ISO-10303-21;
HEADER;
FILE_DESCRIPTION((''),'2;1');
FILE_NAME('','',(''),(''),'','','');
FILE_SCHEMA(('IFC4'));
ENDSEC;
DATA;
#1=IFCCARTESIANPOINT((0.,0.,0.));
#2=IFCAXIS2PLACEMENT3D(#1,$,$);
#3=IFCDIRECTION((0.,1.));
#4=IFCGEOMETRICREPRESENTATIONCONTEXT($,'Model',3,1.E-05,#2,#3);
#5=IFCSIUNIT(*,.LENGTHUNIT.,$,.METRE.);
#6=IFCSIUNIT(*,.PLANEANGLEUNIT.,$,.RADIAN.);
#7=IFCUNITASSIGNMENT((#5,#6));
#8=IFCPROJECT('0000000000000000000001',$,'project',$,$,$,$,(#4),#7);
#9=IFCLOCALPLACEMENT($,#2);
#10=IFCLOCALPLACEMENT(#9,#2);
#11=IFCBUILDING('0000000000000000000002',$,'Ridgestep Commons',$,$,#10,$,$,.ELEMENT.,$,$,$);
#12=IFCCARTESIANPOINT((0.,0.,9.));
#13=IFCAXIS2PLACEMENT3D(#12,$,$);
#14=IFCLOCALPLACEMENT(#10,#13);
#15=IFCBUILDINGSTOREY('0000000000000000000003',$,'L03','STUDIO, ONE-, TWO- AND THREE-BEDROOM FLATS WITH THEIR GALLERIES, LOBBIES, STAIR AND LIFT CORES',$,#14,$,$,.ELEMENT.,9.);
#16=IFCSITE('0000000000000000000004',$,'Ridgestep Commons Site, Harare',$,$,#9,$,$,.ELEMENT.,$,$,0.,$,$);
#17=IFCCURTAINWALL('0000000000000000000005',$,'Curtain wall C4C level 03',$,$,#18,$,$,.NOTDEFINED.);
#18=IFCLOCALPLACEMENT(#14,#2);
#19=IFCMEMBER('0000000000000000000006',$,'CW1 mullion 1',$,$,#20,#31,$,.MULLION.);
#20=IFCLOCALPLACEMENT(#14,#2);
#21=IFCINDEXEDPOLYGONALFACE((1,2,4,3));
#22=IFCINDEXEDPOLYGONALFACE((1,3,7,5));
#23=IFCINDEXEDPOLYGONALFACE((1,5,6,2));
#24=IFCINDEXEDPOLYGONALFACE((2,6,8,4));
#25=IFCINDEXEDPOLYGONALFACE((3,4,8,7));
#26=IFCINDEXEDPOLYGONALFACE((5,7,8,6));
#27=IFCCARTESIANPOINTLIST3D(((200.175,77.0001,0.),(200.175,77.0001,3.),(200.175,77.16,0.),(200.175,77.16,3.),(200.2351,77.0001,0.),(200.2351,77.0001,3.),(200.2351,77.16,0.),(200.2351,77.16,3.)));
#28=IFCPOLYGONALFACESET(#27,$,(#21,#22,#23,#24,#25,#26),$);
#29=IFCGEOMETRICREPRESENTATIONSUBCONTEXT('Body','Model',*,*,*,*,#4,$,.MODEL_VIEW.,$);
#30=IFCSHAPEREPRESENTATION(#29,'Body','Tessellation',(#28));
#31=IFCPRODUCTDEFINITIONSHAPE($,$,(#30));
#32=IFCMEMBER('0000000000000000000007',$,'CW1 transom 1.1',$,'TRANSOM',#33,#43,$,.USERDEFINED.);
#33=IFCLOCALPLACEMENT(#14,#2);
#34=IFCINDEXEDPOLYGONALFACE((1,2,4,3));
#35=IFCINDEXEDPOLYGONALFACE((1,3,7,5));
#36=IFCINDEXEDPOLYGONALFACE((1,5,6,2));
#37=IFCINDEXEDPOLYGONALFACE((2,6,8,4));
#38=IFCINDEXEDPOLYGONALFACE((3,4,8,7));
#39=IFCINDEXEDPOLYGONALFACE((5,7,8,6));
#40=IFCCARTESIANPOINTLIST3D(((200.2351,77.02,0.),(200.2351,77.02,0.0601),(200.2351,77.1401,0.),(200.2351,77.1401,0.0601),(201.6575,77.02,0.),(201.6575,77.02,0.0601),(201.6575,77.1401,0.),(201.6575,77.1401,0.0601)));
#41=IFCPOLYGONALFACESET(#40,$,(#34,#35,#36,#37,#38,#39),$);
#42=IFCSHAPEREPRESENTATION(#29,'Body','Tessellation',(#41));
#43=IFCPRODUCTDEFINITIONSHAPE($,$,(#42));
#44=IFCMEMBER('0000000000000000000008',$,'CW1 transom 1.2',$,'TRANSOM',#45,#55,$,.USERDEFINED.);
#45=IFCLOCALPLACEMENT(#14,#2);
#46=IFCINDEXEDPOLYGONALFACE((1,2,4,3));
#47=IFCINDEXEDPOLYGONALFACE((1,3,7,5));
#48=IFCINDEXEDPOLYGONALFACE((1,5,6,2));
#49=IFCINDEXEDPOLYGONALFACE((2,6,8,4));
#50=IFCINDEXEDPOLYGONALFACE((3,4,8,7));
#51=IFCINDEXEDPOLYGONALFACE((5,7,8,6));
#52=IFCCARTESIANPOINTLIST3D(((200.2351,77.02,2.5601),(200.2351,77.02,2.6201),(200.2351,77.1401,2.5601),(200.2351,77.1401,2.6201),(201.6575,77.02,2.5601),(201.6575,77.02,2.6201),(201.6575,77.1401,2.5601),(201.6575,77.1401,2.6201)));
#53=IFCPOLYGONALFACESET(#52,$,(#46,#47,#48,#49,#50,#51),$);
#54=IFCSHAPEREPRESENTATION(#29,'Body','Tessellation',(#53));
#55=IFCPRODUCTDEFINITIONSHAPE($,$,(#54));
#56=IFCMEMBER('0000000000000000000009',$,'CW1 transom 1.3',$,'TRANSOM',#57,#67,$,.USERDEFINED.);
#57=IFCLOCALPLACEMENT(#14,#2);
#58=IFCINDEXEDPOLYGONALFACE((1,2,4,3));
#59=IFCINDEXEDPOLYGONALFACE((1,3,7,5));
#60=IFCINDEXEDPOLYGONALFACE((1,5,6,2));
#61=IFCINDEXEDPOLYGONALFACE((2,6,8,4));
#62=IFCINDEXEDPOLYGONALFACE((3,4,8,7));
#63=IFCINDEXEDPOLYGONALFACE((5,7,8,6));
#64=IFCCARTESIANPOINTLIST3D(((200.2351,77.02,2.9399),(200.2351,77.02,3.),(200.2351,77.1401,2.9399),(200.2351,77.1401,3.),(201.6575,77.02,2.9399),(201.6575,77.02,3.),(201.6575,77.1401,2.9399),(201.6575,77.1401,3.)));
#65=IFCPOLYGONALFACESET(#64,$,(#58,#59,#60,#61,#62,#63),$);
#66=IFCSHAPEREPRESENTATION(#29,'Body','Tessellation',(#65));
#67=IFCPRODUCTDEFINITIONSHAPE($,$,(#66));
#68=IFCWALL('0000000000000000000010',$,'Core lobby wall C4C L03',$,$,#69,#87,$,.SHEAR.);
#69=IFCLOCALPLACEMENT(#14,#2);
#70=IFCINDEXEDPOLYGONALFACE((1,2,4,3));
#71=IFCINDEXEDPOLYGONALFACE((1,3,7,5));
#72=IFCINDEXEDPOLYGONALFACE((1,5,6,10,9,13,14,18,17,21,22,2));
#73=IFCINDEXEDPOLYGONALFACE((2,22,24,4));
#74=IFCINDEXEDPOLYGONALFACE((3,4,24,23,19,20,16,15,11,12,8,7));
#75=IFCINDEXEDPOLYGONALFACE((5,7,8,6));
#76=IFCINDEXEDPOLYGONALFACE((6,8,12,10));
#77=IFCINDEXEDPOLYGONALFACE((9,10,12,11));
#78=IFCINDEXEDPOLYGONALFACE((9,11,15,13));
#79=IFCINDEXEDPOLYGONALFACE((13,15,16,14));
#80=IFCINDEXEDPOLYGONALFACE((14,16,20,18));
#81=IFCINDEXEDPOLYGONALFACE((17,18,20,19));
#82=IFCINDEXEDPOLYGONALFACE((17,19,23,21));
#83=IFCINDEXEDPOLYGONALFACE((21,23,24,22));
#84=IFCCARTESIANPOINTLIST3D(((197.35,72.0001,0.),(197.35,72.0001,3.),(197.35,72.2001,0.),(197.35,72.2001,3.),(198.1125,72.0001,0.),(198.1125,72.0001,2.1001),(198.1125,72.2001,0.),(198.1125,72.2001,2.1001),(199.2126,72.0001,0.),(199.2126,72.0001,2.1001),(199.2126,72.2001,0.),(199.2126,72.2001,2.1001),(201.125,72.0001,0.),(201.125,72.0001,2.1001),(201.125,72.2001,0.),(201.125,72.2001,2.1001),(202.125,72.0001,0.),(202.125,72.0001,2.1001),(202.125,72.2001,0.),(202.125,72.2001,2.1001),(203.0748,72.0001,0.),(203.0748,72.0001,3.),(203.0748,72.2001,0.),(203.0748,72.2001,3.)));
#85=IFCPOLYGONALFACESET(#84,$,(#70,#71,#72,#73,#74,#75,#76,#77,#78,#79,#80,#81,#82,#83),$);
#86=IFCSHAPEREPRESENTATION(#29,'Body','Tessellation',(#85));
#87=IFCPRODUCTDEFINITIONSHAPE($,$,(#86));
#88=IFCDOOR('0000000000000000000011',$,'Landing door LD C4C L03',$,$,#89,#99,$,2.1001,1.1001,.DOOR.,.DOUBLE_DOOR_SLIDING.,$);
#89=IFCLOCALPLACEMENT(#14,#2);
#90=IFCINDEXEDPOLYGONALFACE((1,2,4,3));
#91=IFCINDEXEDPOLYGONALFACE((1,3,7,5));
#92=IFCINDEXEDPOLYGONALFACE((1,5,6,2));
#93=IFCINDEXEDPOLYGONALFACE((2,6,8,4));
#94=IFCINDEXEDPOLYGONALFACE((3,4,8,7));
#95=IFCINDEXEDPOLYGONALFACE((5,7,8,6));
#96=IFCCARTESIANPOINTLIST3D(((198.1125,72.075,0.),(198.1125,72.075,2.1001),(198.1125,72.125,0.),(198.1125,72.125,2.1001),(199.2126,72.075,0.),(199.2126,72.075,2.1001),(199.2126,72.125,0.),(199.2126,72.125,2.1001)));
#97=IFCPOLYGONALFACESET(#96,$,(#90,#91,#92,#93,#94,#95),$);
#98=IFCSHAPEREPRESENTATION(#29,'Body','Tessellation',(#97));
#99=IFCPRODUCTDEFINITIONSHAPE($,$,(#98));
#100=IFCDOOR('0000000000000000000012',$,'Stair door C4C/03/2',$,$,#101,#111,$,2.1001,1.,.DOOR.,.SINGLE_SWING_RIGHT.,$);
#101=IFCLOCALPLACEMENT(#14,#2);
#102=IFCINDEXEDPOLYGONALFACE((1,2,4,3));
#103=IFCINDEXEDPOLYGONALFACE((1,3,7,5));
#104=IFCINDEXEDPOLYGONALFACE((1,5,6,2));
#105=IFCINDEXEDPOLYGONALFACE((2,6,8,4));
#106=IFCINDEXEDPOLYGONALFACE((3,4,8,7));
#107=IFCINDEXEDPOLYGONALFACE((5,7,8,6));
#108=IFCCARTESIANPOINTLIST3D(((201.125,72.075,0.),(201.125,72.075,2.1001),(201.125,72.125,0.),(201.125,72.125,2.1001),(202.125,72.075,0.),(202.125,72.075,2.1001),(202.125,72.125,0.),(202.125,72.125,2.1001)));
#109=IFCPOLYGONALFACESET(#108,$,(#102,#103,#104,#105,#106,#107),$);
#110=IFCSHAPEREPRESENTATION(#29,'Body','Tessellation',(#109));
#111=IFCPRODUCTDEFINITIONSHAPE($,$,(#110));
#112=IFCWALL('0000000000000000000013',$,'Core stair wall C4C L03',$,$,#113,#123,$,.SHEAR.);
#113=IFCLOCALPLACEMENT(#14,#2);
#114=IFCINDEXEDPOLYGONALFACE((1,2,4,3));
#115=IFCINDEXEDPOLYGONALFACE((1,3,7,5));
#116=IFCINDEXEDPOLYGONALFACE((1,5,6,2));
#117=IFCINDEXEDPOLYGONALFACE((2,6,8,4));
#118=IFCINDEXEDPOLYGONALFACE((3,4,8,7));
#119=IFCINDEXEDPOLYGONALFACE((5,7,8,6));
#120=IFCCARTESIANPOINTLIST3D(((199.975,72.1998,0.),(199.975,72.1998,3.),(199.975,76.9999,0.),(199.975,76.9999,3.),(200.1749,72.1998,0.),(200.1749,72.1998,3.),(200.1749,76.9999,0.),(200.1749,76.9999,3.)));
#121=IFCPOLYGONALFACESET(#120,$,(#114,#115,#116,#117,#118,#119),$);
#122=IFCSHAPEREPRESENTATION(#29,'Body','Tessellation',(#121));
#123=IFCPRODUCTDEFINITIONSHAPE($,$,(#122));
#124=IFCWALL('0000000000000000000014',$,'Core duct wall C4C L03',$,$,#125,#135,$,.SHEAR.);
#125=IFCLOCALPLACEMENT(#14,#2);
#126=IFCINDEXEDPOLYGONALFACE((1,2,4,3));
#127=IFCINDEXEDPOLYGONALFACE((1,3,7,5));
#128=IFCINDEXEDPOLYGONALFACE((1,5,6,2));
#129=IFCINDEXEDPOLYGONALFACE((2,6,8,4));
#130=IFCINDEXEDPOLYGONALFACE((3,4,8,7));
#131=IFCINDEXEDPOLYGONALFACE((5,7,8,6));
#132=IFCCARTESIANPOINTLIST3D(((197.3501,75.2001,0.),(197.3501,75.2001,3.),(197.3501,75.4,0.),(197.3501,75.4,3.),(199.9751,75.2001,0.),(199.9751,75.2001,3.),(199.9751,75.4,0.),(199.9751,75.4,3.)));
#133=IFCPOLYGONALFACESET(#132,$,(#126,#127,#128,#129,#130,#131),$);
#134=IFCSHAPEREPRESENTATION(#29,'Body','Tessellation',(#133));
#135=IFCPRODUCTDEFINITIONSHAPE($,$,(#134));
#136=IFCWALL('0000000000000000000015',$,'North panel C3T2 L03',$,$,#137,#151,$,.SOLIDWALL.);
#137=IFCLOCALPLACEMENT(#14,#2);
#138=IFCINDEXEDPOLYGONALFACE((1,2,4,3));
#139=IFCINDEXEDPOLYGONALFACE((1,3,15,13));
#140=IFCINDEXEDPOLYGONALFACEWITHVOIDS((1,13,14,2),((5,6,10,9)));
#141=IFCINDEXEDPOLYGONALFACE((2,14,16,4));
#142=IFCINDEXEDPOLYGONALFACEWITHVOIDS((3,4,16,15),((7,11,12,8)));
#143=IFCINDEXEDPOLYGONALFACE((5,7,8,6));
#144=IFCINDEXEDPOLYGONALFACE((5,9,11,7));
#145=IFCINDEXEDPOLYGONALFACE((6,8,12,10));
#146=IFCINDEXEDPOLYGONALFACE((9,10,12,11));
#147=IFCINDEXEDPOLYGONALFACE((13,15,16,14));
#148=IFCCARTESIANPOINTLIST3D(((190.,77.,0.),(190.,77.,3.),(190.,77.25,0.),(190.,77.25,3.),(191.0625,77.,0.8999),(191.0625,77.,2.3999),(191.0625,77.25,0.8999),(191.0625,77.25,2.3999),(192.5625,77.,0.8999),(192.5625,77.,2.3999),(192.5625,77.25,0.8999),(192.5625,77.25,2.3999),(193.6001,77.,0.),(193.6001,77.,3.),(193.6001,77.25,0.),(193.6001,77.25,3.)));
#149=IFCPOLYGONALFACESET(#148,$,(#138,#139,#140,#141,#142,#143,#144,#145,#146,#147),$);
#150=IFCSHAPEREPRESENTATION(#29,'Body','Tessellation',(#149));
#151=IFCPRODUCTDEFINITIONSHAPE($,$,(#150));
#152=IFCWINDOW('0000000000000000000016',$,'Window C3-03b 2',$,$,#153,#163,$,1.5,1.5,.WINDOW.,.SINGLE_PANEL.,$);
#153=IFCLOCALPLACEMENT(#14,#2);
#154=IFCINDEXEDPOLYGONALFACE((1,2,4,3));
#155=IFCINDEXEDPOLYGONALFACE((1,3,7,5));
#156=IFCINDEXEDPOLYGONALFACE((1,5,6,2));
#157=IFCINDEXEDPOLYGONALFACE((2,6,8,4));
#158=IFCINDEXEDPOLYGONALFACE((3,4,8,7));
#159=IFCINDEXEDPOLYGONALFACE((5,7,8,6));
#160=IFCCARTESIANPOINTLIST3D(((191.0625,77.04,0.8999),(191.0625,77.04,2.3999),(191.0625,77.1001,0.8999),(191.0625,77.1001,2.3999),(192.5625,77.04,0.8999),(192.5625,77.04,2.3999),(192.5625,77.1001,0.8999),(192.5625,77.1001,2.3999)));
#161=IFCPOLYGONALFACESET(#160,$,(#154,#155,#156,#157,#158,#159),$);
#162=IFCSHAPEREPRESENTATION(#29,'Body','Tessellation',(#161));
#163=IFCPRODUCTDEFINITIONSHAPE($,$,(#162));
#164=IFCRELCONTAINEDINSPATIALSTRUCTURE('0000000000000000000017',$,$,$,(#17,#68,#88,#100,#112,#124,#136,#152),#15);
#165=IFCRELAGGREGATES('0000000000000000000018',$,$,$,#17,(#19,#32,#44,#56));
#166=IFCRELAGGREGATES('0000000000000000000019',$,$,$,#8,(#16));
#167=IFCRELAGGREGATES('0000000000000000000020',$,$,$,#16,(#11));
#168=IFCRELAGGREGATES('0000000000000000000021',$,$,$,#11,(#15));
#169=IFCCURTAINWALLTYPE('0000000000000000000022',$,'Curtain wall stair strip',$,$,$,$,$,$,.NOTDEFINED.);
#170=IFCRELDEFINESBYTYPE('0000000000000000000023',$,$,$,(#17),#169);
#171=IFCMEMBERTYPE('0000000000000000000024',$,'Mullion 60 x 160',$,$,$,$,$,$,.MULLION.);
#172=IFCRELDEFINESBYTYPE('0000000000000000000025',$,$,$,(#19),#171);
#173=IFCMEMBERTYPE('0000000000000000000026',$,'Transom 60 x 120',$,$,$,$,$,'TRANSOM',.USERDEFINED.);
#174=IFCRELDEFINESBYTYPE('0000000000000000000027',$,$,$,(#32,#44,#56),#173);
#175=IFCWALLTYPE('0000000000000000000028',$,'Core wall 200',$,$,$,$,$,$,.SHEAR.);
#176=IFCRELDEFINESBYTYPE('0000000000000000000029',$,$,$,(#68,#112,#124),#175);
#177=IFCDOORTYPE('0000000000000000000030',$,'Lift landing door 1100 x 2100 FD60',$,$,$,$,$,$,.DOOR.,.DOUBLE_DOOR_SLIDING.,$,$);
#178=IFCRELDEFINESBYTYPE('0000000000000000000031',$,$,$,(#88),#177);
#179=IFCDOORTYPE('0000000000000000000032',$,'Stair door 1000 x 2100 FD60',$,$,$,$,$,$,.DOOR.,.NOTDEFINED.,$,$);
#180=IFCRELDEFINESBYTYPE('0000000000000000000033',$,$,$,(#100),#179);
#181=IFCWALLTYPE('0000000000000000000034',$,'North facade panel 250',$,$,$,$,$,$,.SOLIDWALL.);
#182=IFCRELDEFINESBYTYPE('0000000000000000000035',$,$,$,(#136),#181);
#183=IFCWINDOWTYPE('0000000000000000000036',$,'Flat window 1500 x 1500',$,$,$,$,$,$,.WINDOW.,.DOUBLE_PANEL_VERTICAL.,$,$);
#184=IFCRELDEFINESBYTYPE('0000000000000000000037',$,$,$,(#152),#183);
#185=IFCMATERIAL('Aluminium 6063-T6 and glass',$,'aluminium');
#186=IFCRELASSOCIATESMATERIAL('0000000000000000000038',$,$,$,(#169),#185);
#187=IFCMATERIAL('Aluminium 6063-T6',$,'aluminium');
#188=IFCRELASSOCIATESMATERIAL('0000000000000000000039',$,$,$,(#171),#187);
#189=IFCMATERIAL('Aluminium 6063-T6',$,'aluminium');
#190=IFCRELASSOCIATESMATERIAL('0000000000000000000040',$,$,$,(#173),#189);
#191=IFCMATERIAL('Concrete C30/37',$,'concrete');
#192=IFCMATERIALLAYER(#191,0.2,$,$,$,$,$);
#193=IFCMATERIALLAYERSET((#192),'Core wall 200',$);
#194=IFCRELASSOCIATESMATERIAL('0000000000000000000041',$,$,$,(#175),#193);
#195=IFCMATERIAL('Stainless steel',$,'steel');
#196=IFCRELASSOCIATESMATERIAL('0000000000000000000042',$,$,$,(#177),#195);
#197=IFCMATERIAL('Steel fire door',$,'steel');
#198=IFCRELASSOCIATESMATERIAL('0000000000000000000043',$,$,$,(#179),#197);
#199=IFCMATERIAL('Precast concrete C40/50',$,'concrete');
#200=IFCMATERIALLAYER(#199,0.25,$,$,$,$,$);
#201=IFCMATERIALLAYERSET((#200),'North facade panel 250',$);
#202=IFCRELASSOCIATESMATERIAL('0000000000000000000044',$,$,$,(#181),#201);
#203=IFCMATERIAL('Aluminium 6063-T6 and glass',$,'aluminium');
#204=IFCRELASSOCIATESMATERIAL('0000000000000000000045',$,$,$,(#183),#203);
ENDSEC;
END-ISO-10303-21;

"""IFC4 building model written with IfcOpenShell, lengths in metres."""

from ifc_helpers import new_model, si_unit, direction, frame, frame_2d, origin, origin_2d, place, context, subcontext, project, spatial, rectangle, extrude, material, layer, layer_set, material_profile, profile_set, type_object, element, fill, aggregate, save


model = new_model("IFC4")

# Units and contexts
model_context = context("Model", 3, precision=1e-05, world=origin(), true_north=direction((0.0, 1.0)))
body_context = subcontext(model_context, "Body", "Model", "MODEL_VIEW")
ifc_project = project(units=[si_unit("LENGTHUNIT", "METRE"), si_unit("PLANEANGLEUNIT", "RADIAN")], contexts=[model_context])

# Site, building, storey
site_placement = place(None, origin())
site = spatial("IfcSite", under=ifc_project, at=site_placement, Name="Ridgestep Commons Site, Harare", CompositionType="ELEMENT", RefElevation=0.0)
building_placement = place(site_placement, origin())
building = spatial("IfcBuilding", under=site, at=building_placement, Name="Ridgestep Commons", CompositionType="ELEMENT")
storey_placement = place(building_placement, frame((0.0, 0.0, 9.0)))
storey = spatial("IfcBuildingStorey", under=building, at=storey_placement, Name="L03", Description="STUDIO, ONE-, TWO- AND THREE-BEDROOM FLATS WITH THEIR GALLERIES, LOBBIES, STAIR AND LIFT CORES", CompositionType="ELEMENT", Elevation=9.0)

# Curtain wall, members
ifc_material_1 = material(Name="Aluminium 6063-T6 and glass", Category="aluminium")
curtain_wall_type = type_object("IfcCurtainWallType", Name="Curtain wall stair strip", PredefinedType="NOTDEFINED", material=ifc_material_1)
curtain_wall_placement = place(storey_placement, origin())
curtain_wall = element("IfcCurtainWall", 1, at=curtain_wall_placement, inside=storey, type_object=curtain_wall_type, Name="Curtain wall C4C level 03", PredefinedType="NOTDEFINED")
ifc_material_2 = material(Name="Aluminium 6063-T6", Category="aluminium")
ifc_material_profile_1 = material_profile(ifc_material_2, rectangle(XDim=0.1599, YDim=0.0601, at=origin_2d()), Name="Mullion 60 x 160")
ifc_profile_set_1 = profile_set([ifc_material_profile_1], Name="Aluminium 6063-T6")
member_type_1 = type_object("IfcMemberType", Name="Mullion 60 x 160", PredefinedType="MULLION", material=ifc_profile_set_1)
member_1_placement = place(storey_placement, frame((200.2051, 77.0801, 0.0), z_axis=(0.0, 0.0, 1.0), x_axis=(0.0, 1.0, 0.0)))
member_1 = element("IfcMember", 2, at=member_1_placement, type_object=member_type_1, Name="CW1 mullion 1", PredefinedType="MULLION", context=body_context, shape_type="SweptSolid", body=[
    extrude(rectangle(XDim=0.1599, YDim=0.0601, at=origin_2d()), origin(), (0.0, 0.0, 1.0), 3.0),
])
ifc_material_3 = material(Name="Aluminium 6063-T6", Category="aluminium")
ifc_material_profile_2 = material_profile(ifc_material_3, rectangle(XDim=0.1201, YDim=0.0601, at=origin_2d()), Name="Transom 60 x 120")
ifc_profile_set_2 = profile_set([ifc_material_profile_2], Name="Aluminium 6063-T6")
member_type_2 = type_object("IfcMemberType", Name="Transom 60 x 120", ElementType="TRANSOM", PredefinedType="USERDEFINED", material=ifc_profile_set_2)
member_2_placement = place(storey_placement, frame((200.2351, 77.0801, 0.03), z_axis=(1.0, 0.0, 0.0), x_axis=(0.0, 1.0, 0.0)))
member_2 = element("IfcMember", 3, at=member_2_placement, type_object=member_type_2, Name="CW1 transom 1.1", ObjectType="TRANSOM", PredefinedType="USERDEFINED", context=body_context, shape_type="SweptSolid", body=[
    extrude(rectangle(XDim=0.1201, YDim=0.0601, at=origin_2d()), origin(), (0.0, 0.0, 1.0), 1.4224),
])
member_3_placement = place(storey_placement, frame((200.2351, 77.0801, 2.5901), z_axis=(1.0, 0.0, 0.0), x_axis=(0.0, 1.0, 0.0)))
member_3 = element("IfcMember", 4, at=member_3_placement, type_object=member_type_2, Name="CW1 transom 1.2", ObjectType="TRANSOM", PredefinedType="USERDEFINED", context=body_context, shape_type="SweptSolid", body=[
    extrude(rectangle(XDim=0.1201, YDim=0.0601, at=origin_2d()), origin(), (0.0, 0.0, 1.0), 1.4224),
])
member_4_placement = place(storey_placement, frame((200.2351, 77.0801, 2.97), z_axis=(1.0, 0.0, 0.0), x_axis=(0.0, 1.0, 0.0)))
member_4 = element("IfcMember", 5, at=member_4_placement, type_object=member_type_2, Name="CW1 transom 1.3", ObjectType="TRANSOM", PredefinedType="USERDEFINED", context=body_context, shape_type="SweptSolid", body=[
    extrude(rectangle(XDim=0.1201, YDim=0.0601, at=origin_2d()), origin(), (0.0, 0.0, 1.0), 1.4224),
])
aggregate(curtain_wall, [member_1, member_2, member_3, member_4])

# Wall, openings, doors
ifc_material_4 = material(Name="Concrete C30/37", Category="concrete")
ifc_layer_1 = layer(ifc_material_4, 0.2)
ifc_layer_set_1 = layer_set([ifc_layer_1], Name="Core wall 200")
wall_type_1 = type_object("IfcWallType", Name="Core wall 200", PredefinedType="SHEAR", material=ifc_layer_set_1)
wall_1_placement = place(storey_placement, frame((197.3501, 72.1001, 0.0), z_axis=(0.0, 0.0, 1.0), x_axis=(1.0, 0.0, 0.0)))
wall_1 = element("IfcWall", 6, at=wall_1_placement, inside=storey, type_object=wall_type_1, Name="Core lobby wall C4C L03", PredefinedType="SHEAR", context=body_context, shape_type="SweptSolid", body=[
    extrude(rectangle(XDim=5.7249, YDim=0.2, at=frame_2d((2.8623, 0.0))), origin(), (0.0, 0.0, 1.0), 3.0),
])
opening_1_placement = place(wall_1_placement, frame((3.7749, 0.0, 0.0)))
opening_1 = element("IfcOpeningElement", 7, at=opening_1_placement, cuts=wall_1, PredefinedType="OPENING", context=body_context, shape_type="SweptSolid", body=[
    extrude(rectangle(XDim=1.0, YDim=2.1001, at=frame_2d((0.5, 1.05))), frame((0.0, 0.1099, 0.0), z_axis=(0.0, -1.0, 0.0), x_axis=(1.0, 0.0, 0.0)), (0.0, 0.0, 1.0), 0.22),
])
opening_2_placement = place(wall_1_placement, frame((0.7625, 0.0, 0.0)))
opening_2 = element("IfcOpeningElement", 8, at=opening_2_placement, cuts=wall_1, PredefinedType="OPENING", context=body_context, shape_type="SweptSolid", body=[
    extrude(rectangle(XDim=1.1001, YDim=2.1001, at=frame_2d((0.55, 1.05))), frame((0.0, 0.1099, 0.0), z_axis=(0.0, -1.0, 0.0), x_axis=(1.0, 0.0, 0.0)), (0.0, 0.0, 1.0), 0.22),
])
ifc_material_5 = material(Name="Stainless steel", Category="steel")
door_type_1 = type_object("IfcDoorType", Name="Lift landing door 1100 x 2100 FD60", OperationType="DOUBLE_DOOR_SLIDING", PredefinedType="DOOR", material=ifc_material_5)
door_1_placement = place(opening_2_placement, origin())
door_1 = element("IfcDoor", 9, at=door_1_placement, inside=storey, type_object=door_type_1, Name="Landing door LD C4C L03", OperationType="DOUBLE_DOOR_SLIDING", OverallHeight=2.1001, OverallWidth=1.1001, PredefinedType="DOOR", context=body_context, shape_type="SweptSolid", body=[
    extrude(rectangle(XDim=1.1001, YDim=2.1001, at=frame_2d((0.55, 1.05))), frame((0.0, 0.0249, 0.0), z_axis=(0.0, -1.0, 0.0), x_axis=(1.0, 0.0, 0.0)), (0.0, 0.0, 1.0), 0.05),
])
fill(opening_2, door_1)
ifc_material_6 = material(Name="Steel fire door", Category="steel")
door_type_2 = type_object("IfcDoorType", Name="Stair door 1000 x 2100 FD60", OperationType="NOTDEFINED", PredefinedType="DOOR", material=ifc_material_6)
door_2_placement = place(opening_1_placement, origin())
door_2 = element("IfcDoor", 10, at=door_2_placement, inside=storey, type_object=door_type_2, Name="Stair door C4C/03/2", OperationType="SINGLE_SWING_RIGHT", OverallHeight=2.1001, OverallWidth=1.0, PredefinedType="DOOR", context=body_context, shape_type="SweptSolid", body=[
    extrude(rectangle(XDim=1.0, YDim=2.1001, at=frame_2d((0.5, 1.05))), frame((0.0, 0.0249, 0.0), z_axis=(0.0, -1.0, 0.0), x_axis=(1.0, 0.0, 0.0)), (0.0, 0.0, 1.0), 0.05),
])
fill(opening_1, door_2)

# Walls
wall_2_placement = place(storey_placement, frame((200.075, 72.2, 0.0), z_axis=(0.0, 0.0, 1.0), x_axis=(0.0, 1.0, 0.0)))
element("IfcWall", 11, at=wall_2_placement, inside=storey, type_object=wall_type_1, Name="Core stair wall C4C L03", PredefinedType="SHEAR", context=body_context, shape_type="SweptSolid", body=[
    extrude(rectangle(XDim=4.8, YDim=0.2, at=frame_2d((2.3999, 0.0))), origin(), (0.0, 0.0, 1.0), 3.0),
])
wall_3_placement = place(storey_placement, frame((197.3501, 75.3, 0.0), z_axis=(0.0, 0.0, 1.0), x_axis=(1.0, 0.0, 0.0)))
element("IfcWall", 12, at=wall_3_placement, inside=storey, type_object=wall_type_1, Name="Core duct wall C4C L03", PredefinedType="SHEAR", context=body_context, shape_type="SweptSolid", body=[
    extrude(rectangle(XDim=2.625, YDim=0.2, at=frame_2d((1.3125, 0.0))), origin(), (0.0, 0.0, 1.0), 3.0),
])

# Wall, opening, window
ifc_material_7 = material(Name="Precast concrete C40/50", Category="concrete")
ifc_layer_2 = layer(ifc_material_7, 0.25)
ifc_layer_set_2 = layer_set([ifc_layer_2], Name="North facade panel 250")
wall_type_2 = type_object("IfcWallType", Name="North facade panel 250", PredefinedType="SOLIDWALL", material=ifc_layer_set_2)
wall_4_placement = place(storey_placement, frame((190.0, 77.125, 0.0), z_axis=(0.0, 0.0, 1.0), x_axis=(1.0, 0.0, 0.0)))
wall_4 = element("IfcWall", 13, at=wall_4_placement, inside=storey, type_object=wall_type_2, Name="North panel C3T2 L03", PredefinedType="SOLIDWALL", context=body_context, shape_type="SweptSolid", body=[
    extrude(rectangle(XDim=3.6001, YDim=0.25, at=frame_2d((1.8, 0.0))), origin(), (0.0, 0.0, 1.0), 3.0),
])
opening_3_placement = place(wall_4_placement, frame((1.0625, 0.0, 0.8999)))
opening_3 = element("IfcOpeningElement", 14, at=opening_3_placement, cuts=wall_4, PredefinedType="OPENING", context=body_context, shape_type="SweptSolid", body=[
    extrude(rectangle(XDim=1.5, YDim=1.5, at=frame_2d((0.75, 0.75))), frame((0.0, 0.135, 0.0), z_axis=(0.0, -1.0, 0.0), x_axis=(1.0, 0.0, 0.0)), (0.0, 0.0, 1.0), 0.27),
])
ifc_material_8 = material(Name="Aluminium 6063-T6 and glass", Category="aluminium")
window_type = type_object("IfcWindowType", Name="Flat window 1500 x 1500", PartitioningType="DOUBLE_PANEL_VERTICAL", PredefinedType="WINDOW", material=ifc_material_8)
window_1_placement = place(opening_3_placement, origin())
window_1 = element("IfcWindow", 15, at=window_1_placement, inside=storey, type_object=window_type, Name="Window C3-03b 2", OverallHeight=1.5, OverallWidth=1.5, PartitioningType="SINGLE_PANEL", PredefinedType="WINDOW", context=body_context, shape_type="SweptSolid", body=[
    extrude(rectangle(XDim=1.5, YDim=1.5, at=frame_2d((0.75, 0.75))), frame((0.0, -0.0249, 0.0), z_axis=(0.0, -1.0, 0.0), x_axis=(1.0, 0.0, 0.0)), (0.0, 0.0, 1.0), 0.0601),
])
fill(opening_3, window_1)

save(model, "model.ifc")
